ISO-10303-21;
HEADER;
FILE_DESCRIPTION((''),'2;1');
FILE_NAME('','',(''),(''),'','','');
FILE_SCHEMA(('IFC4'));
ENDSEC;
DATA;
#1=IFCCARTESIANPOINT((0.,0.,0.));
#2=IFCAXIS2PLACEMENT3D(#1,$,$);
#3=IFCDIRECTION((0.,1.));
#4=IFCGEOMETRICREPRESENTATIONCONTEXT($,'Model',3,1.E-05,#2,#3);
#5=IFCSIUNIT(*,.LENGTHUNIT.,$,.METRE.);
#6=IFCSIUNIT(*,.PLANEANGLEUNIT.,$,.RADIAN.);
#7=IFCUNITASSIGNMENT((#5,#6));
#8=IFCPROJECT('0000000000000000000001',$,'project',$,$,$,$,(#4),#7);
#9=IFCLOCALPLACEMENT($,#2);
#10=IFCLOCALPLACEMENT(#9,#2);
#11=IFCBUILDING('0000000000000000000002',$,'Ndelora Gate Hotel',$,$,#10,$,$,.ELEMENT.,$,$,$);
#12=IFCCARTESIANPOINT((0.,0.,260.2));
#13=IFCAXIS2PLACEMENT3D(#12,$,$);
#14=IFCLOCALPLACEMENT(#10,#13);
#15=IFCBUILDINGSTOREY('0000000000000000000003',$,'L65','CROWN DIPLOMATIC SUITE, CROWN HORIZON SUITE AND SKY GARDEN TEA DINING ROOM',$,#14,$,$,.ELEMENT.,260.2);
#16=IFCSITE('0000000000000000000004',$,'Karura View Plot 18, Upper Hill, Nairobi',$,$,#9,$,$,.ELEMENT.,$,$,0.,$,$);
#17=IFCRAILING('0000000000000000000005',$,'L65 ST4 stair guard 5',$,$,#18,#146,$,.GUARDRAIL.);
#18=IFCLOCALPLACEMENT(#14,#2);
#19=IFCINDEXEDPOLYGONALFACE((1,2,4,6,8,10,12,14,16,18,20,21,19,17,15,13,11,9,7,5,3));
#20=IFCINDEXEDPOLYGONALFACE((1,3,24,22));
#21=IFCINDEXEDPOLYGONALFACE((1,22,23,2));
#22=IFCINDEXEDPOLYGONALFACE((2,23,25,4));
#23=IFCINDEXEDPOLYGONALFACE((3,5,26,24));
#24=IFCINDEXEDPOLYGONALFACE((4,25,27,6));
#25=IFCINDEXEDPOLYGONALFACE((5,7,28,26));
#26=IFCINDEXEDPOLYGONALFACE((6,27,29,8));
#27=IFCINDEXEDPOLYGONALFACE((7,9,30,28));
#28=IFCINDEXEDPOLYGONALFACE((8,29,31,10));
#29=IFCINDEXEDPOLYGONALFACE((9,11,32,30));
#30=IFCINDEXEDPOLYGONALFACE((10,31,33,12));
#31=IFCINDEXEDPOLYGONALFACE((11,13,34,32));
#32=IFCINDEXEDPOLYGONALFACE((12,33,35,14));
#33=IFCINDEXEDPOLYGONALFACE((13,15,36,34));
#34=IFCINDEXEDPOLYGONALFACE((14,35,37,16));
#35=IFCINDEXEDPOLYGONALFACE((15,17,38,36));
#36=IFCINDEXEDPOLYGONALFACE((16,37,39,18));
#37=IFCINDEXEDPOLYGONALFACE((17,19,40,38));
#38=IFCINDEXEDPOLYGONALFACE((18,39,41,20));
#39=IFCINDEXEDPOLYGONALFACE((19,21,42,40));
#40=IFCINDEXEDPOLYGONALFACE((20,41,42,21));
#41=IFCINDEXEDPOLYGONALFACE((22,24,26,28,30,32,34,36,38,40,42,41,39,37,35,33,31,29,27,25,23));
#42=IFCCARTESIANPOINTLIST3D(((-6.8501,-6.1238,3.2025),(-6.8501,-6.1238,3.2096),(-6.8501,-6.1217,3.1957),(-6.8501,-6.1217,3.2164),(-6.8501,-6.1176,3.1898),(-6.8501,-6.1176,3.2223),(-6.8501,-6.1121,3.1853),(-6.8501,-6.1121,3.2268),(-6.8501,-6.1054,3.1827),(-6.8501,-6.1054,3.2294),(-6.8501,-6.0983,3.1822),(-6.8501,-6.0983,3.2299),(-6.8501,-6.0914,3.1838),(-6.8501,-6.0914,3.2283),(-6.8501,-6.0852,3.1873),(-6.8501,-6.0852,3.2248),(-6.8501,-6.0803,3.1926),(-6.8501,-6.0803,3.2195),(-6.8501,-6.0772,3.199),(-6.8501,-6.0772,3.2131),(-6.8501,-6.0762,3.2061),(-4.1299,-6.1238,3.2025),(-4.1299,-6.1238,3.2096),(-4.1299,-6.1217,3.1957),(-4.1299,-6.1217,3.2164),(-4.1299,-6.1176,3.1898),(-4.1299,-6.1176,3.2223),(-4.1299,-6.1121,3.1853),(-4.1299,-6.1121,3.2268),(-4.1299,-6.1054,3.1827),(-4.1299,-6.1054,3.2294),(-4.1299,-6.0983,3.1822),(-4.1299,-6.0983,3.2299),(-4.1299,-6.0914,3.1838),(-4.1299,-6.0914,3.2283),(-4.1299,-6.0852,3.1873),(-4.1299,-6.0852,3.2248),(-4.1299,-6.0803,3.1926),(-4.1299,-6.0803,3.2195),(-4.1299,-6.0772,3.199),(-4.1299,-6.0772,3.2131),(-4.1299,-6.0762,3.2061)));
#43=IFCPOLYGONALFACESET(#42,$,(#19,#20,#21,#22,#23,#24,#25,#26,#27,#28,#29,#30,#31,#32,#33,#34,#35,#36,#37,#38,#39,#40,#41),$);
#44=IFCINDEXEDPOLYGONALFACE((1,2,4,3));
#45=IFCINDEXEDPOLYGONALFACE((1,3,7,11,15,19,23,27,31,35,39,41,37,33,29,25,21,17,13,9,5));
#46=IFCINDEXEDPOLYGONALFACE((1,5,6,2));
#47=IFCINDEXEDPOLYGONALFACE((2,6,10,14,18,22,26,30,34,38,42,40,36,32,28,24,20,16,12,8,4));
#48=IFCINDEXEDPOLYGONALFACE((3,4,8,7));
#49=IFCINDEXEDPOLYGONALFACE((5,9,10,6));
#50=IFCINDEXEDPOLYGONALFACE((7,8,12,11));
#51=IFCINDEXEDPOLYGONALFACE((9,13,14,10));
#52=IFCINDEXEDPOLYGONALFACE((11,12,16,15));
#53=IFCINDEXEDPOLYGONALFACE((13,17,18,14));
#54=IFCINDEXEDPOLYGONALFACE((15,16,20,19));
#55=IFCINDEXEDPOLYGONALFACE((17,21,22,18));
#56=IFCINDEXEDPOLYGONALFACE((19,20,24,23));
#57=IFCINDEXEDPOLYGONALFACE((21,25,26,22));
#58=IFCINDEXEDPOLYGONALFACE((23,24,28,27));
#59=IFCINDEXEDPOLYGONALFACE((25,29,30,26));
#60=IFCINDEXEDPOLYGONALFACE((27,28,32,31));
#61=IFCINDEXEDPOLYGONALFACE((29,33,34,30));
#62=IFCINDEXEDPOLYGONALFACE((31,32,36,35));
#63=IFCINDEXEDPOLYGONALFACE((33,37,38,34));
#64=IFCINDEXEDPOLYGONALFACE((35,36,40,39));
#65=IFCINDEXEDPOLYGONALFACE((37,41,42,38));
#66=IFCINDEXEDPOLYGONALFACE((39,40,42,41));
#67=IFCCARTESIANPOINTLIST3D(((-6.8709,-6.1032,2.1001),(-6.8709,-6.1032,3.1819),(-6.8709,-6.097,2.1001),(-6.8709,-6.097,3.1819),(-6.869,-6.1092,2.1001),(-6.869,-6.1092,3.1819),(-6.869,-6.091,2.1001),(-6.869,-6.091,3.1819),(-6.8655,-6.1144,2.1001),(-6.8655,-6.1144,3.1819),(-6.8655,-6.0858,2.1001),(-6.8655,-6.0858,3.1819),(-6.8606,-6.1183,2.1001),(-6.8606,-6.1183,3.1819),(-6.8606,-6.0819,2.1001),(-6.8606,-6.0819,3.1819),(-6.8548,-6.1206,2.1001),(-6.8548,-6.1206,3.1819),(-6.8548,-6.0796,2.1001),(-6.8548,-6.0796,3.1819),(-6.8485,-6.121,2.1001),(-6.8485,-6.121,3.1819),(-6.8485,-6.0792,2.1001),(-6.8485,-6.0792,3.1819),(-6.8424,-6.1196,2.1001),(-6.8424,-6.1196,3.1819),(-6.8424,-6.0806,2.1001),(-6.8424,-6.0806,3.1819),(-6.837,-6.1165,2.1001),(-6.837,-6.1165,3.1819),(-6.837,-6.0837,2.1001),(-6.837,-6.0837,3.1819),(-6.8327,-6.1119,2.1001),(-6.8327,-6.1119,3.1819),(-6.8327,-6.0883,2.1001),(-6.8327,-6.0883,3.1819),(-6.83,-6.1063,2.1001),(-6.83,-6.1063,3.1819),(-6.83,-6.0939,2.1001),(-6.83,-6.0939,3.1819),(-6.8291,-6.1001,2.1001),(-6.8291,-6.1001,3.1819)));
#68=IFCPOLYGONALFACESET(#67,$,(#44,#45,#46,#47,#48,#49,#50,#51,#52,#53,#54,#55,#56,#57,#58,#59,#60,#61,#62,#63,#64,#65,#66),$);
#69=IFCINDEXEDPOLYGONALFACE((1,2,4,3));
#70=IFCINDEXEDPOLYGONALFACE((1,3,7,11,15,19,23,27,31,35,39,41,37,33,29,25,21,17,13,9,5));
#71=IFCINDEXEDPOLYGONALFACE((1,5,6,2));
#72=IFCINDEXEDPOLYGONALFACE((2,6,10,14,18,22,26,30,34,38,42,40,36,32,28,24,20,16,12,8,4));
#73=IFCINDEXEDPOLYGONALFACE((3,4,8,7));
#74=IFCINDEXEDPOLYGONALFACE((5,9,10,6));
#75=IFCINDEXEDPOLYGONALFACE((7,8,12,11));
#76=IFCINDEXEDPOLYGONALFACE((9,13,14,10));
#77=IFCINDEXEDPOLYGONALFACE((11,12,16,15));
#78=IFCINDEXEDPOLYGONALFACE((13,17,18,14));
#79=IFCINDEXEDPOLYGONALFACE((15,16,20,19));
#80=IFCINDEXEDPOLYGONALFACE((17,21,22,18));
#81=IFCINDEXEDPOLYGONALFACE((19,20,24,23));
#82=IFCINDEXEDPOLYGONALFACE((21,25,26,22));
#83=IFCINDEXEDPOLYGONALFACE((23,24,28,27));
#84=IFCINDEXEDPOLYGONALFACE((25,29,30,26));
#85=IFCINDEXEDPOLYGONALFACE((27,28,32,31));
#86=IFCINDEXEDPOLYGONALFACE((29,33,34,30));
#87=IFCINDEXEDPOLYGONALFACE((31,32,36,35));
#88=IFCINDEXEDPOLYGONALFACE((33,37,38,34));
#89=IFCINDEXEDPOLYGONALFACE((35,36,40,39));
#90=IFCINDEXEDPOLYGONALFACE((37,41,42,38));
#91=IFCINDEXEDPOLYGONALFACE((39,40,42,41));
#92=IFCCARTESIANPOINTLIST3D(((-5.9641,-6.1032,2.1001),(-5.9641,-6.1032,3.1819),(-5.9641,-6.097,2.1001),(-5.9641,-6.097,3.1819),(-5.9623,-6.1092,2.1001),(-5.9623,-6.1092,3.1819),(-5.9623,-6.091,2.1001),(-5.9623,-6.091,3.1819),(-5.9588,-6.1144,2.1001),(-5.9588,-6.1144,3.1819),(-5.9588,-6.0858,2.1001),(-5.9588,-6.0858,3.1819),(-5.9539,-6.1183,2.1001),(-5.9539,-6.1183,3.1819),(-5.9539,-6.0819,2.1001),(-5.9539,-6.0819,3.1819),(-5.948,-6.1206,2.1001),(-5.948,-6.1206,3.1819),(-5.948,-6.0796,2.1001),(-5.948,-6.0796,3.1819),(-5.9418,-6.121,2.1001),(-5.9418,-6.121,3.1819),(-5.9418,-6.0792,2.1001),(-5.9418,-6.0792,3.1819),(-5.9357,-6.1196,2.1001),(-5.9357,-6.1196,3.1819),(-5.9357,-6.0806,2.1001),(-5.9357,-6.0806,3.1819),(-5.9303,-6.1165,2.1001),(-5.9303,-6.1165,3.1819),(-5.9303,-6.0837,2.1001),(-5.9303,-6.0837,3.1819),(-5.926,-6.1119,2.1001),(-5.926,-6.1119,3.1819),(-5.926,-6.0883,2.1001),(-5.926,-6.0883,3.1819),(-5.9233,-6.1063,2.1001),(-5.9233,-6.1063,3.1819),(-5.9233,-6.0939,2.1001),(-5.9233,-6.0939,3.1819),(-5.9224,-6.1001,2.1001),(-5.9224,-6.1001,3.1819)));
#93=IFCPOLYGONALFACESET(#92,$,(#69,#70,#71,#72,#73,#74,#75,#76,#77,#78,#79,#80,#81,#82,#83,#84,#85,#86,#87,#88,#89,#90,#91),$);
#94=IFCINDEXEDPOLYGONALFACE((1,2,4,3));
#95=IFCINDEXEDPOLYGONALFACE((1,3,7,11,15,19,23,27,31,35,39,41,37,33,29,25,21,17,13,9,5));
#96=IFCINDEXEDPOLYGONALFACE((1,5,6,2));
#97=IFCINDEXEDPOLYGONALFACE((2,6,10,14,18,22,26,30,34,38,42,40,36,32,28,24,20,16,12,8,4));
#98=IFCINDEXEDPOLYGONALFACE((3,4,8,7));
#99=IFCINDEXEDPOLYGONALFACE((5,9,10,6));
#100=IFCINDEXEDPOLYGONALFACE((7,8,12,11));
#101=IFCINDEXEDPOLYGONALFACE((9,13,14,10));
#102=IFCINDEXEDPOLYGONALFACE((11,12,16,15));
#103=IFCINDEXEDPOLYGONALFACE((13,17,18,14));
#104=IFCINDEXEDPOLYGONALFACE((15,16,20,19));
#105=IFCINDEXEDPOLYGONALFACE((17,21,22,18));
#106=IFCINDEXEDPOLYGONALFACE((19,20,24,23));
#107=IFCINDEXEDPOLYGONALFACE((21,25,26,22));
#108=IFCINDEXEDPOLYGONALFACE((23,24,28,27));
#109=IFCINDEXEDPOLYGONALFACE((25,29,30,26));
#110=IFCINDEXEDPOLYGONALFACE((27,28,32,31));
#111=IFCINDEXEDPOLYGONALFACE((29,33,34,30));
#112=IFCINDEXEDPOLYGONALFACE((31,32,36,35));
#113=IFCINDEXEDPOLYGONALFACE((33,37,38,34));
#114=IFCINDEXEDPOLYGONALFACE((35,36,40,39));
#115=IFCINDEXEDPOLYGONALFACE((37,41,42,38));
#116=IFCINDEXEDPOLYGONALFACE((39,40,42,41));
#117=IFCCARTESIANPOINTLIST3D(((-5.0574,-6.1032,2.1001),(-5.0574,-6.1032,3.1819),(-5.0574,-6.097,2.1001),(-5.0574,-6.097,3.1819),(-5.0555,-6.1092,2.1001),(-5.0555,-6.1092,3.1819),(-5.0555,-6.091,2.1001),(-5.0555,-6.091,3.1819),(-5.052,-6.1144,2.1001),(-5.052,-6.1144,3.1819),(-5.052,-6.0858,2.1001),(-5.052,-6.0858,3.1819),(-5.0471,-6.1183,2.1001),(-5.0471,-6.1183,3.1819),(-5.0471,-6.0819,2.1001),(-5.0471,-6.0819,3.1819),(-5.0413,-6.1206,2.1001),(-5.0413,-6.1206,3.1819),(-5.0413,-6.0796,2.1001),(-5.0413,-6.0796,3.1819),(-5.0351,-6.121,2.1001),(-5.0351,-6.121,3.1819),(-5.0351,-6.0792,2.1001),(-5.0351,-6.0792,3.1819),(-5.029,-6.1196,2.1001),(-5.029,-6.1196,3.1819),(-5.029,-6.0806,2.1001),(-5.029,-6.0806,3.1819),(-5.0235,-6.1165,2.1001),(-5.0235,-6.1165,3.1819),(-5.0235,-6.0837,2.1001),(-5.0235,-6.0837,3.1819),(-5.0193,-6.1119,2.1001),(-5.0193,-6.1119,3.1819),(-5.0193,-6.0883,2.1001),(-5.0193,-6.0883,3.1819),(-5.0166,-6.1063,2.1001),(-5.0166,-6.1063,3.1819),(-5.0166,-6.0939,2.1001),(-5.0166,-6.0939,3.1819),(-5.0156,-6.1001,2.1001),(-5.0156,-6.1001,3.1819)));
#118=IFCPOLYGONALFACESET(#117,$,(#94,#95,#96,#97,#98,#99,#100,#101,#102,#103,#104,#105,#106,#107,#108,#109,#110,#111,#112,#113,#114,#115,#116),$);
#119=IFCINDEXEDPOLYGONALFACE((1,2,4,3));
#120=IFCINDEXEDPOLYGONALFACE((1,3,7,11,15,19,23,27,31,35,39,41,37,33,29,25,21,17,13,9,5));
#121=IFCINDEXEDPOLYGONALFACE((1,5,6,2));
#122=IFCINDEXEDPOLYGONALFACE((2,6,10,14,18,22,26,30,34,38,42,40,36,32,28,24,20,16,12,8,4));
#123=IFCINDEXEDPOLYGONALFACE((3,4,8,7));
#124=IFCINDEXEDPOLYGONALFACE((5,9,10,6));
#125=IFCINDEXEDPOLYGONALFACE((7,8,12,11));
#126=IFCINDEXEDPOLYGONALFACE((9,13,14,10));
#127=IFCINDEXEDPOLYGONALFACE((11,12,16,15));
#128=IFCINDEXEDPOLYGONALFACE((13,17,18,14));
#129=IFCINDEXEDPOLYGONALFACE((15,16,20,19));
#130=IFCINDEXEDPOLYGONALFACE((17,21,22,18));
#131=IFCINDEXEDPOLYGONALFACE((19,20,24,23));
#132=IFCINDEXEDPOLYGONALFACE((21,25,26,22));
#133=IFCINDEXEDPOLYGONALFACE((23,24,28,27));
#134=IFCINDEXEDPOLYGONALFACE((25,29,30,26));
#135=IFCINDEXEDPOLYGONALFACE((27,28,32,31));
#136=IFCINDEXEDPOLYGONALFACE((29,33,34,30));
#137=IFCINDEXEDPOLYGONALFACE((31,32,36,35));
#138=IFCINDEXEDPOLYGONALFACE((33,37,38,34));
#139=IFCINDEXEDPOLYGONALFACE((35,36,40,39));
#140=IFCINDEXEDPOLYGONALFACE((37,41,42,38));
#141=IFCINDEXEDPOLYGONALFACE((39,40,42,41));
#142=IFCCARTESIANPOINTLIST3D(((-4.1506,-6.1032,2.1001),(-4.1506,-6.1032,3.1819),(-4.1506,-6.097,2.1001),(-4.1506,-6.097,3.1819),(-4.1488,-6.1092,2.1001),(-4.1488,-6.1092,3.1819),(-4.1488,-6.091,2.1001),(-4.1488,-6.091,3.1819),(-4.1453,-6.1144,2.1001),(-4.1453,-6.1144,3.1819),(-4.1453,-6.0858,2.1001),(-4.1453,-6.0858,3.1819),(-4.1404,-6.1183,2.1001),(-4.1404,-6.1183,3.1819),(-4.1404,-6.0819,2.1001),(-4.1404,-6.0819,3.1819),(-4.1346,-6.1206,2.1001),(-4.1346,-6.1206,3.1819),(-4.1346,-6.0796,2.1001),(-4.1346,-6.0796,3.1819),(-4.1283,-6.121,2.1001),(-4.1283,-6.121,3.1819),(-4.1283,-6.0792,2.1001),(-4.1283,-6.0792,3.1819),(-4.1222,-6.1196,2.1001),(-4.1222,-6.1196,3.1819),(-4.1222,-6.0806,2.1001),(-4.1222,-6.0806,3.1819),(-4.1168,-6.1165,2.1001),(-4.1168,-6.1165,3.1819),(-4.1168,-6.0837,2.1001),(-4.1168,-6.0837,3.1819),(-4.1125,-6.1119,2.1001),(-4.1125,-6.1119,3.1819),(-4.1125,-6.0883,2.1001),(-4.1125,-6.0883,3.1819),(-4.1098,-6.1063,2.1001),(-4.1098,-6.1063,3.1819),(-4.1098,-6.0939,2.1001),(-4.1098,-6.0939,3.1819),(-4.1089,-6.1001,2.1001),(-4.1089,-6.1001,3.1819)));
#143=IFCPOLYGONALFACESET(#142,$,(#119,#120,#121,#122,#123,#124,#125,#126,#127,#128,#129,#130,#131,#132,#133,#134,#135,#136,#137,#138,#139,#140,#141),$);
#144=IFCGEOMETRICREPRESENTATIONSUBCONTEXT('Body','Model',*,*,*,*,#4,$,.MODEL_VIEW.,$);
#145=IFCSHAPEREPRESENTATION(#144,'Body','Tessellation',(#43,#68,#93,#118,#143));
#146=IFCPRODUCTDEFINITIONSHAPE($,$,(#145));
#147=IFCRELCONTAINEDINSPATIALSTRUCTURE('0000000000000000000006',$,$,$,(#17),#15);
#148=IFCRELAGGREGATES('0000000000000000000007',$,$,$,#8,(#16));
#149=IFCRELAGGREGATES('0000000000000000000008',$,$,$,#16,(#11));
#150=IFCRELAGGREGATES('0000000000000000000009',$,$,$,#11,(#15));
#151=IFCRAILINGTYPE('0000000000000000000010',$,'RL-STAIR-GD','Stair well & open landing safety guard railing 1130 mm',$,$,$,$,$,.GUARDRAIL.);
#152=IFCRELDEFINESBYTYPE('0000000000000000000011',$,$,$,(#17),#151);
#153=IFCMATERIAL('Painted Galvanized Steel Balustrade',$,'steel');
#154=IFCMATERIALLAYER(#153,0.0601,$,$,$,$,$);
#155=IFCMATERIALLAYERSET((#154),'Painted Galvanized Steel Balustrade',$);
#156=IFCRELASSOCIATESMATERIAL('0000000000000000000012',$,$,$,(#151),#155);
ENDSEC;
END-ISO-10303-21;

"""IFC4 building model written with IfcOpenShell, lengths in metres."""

from ifc_helpers import new_model, si_unit, direction, frame, origin, origin_2d, place, context, subcontext, project, spatial, circle, extrude, material, layer, layer_set, type_object, element, save


model = new_model("IFC4")

# Units and contexts
model_context = context("Model", 3, precision=1e-05, world=origin(), true_north=direction((0.0, 1.0)))
body_context = subcontext(model_context, "Body", "Model", "MODEL_VIEW")
ifc_project = project(units=[si_unit("LENGTHUNIT", "METRE"), si_unit("PLANEANGLEUNIT", "RADIAN")], contexts=[model_context])

# Site, building, storey
site_placement = place(None, origin())
site = spatial("IfcSite", under=ifc_project, at=site_placement, Name="Karura View Plot 18, Upper Hill, Nairobi", CompositionType="ELEMENT", RefElevation=0.0)
building_placement = place(site_placement, origin())
building = spatial("IfcBuilding", under=site, at=building_placement, Name="Ndelora Gate Hotel", CompositionType="ELEMENT")
storey_placement = place(building_placement, frame((0.0, 0.0, 260.2)))
storey = spatial("IfcBuildingStorey", under=building, at=storey_placement, Name="L65", Description="CROWN DIPLOMATIC SUITE, CROWN HORIZON SUITE AND SKY GARDEN TEA DINING ROOM", CompositionType="ELEMENT", Elevation=260.2)

# Railing
ifc_material_1 = material(Name="Painted Galvanized Steel Balustrade", Category="steel")
ifc_layer_1 = layer(ifc_material_1, 0.0601)
ifc_layer_set_1 = layer_set([ifc_layer_1], Name="Painted Galvanized Steel Balustrade")
railing_type_1 = type_object("IfcRailingType", Name="RL-STAIR-GD", Description="Stair well & open landing safety guard railing 1130 mm", PredefinedType="GUARDRAIL", material=ifc_layer_set_1)
railing_1_placement = place(storey_placement, frame((-6.8501, -6.1001, 2.1001)))
element("IfcRailing", 1, at=railing_1_placement, inside=storey, type_object=railing_type_1, Name="L65 ST4 stair guard 5", PredefinedType="GUARDRAIL", context=body_context, shape_type="SweptSolid", body=[
    extrude(circle(Radius=0.0239, at=origin_2d()), frame((0.0, 0.0, 1.106), z_axis=(1.0, 0.0, 0.0), x_axis=(0.0, 1.0, 0.0)), (0.0, 0.0, 1.0), 2.7202),
    extrude(circle(Radius=0.021, at=origin_2d()), origin(), (0.0, 0.0, 1.0), 1.0818),
    extrude(circle(Radius=0.021, at=origin_2d()), frame((0.9067, 0.0, 0.0)), (0.0, 0.0, 1.0), 1.0818),
    extrude(circle(Radius=0.021, at=origin_2d()), frame((1.8135, 0.0, 0.0)), (0.0, 0.0, 1.0), 1.0818),
    extrude(circle(Radius=0.021, at=origin_2d()), frame((2.7202, 0.0, 0.0)), (0.0, 0.0, 1.0), 1.0818),
])

save(model, "model.ifc")
